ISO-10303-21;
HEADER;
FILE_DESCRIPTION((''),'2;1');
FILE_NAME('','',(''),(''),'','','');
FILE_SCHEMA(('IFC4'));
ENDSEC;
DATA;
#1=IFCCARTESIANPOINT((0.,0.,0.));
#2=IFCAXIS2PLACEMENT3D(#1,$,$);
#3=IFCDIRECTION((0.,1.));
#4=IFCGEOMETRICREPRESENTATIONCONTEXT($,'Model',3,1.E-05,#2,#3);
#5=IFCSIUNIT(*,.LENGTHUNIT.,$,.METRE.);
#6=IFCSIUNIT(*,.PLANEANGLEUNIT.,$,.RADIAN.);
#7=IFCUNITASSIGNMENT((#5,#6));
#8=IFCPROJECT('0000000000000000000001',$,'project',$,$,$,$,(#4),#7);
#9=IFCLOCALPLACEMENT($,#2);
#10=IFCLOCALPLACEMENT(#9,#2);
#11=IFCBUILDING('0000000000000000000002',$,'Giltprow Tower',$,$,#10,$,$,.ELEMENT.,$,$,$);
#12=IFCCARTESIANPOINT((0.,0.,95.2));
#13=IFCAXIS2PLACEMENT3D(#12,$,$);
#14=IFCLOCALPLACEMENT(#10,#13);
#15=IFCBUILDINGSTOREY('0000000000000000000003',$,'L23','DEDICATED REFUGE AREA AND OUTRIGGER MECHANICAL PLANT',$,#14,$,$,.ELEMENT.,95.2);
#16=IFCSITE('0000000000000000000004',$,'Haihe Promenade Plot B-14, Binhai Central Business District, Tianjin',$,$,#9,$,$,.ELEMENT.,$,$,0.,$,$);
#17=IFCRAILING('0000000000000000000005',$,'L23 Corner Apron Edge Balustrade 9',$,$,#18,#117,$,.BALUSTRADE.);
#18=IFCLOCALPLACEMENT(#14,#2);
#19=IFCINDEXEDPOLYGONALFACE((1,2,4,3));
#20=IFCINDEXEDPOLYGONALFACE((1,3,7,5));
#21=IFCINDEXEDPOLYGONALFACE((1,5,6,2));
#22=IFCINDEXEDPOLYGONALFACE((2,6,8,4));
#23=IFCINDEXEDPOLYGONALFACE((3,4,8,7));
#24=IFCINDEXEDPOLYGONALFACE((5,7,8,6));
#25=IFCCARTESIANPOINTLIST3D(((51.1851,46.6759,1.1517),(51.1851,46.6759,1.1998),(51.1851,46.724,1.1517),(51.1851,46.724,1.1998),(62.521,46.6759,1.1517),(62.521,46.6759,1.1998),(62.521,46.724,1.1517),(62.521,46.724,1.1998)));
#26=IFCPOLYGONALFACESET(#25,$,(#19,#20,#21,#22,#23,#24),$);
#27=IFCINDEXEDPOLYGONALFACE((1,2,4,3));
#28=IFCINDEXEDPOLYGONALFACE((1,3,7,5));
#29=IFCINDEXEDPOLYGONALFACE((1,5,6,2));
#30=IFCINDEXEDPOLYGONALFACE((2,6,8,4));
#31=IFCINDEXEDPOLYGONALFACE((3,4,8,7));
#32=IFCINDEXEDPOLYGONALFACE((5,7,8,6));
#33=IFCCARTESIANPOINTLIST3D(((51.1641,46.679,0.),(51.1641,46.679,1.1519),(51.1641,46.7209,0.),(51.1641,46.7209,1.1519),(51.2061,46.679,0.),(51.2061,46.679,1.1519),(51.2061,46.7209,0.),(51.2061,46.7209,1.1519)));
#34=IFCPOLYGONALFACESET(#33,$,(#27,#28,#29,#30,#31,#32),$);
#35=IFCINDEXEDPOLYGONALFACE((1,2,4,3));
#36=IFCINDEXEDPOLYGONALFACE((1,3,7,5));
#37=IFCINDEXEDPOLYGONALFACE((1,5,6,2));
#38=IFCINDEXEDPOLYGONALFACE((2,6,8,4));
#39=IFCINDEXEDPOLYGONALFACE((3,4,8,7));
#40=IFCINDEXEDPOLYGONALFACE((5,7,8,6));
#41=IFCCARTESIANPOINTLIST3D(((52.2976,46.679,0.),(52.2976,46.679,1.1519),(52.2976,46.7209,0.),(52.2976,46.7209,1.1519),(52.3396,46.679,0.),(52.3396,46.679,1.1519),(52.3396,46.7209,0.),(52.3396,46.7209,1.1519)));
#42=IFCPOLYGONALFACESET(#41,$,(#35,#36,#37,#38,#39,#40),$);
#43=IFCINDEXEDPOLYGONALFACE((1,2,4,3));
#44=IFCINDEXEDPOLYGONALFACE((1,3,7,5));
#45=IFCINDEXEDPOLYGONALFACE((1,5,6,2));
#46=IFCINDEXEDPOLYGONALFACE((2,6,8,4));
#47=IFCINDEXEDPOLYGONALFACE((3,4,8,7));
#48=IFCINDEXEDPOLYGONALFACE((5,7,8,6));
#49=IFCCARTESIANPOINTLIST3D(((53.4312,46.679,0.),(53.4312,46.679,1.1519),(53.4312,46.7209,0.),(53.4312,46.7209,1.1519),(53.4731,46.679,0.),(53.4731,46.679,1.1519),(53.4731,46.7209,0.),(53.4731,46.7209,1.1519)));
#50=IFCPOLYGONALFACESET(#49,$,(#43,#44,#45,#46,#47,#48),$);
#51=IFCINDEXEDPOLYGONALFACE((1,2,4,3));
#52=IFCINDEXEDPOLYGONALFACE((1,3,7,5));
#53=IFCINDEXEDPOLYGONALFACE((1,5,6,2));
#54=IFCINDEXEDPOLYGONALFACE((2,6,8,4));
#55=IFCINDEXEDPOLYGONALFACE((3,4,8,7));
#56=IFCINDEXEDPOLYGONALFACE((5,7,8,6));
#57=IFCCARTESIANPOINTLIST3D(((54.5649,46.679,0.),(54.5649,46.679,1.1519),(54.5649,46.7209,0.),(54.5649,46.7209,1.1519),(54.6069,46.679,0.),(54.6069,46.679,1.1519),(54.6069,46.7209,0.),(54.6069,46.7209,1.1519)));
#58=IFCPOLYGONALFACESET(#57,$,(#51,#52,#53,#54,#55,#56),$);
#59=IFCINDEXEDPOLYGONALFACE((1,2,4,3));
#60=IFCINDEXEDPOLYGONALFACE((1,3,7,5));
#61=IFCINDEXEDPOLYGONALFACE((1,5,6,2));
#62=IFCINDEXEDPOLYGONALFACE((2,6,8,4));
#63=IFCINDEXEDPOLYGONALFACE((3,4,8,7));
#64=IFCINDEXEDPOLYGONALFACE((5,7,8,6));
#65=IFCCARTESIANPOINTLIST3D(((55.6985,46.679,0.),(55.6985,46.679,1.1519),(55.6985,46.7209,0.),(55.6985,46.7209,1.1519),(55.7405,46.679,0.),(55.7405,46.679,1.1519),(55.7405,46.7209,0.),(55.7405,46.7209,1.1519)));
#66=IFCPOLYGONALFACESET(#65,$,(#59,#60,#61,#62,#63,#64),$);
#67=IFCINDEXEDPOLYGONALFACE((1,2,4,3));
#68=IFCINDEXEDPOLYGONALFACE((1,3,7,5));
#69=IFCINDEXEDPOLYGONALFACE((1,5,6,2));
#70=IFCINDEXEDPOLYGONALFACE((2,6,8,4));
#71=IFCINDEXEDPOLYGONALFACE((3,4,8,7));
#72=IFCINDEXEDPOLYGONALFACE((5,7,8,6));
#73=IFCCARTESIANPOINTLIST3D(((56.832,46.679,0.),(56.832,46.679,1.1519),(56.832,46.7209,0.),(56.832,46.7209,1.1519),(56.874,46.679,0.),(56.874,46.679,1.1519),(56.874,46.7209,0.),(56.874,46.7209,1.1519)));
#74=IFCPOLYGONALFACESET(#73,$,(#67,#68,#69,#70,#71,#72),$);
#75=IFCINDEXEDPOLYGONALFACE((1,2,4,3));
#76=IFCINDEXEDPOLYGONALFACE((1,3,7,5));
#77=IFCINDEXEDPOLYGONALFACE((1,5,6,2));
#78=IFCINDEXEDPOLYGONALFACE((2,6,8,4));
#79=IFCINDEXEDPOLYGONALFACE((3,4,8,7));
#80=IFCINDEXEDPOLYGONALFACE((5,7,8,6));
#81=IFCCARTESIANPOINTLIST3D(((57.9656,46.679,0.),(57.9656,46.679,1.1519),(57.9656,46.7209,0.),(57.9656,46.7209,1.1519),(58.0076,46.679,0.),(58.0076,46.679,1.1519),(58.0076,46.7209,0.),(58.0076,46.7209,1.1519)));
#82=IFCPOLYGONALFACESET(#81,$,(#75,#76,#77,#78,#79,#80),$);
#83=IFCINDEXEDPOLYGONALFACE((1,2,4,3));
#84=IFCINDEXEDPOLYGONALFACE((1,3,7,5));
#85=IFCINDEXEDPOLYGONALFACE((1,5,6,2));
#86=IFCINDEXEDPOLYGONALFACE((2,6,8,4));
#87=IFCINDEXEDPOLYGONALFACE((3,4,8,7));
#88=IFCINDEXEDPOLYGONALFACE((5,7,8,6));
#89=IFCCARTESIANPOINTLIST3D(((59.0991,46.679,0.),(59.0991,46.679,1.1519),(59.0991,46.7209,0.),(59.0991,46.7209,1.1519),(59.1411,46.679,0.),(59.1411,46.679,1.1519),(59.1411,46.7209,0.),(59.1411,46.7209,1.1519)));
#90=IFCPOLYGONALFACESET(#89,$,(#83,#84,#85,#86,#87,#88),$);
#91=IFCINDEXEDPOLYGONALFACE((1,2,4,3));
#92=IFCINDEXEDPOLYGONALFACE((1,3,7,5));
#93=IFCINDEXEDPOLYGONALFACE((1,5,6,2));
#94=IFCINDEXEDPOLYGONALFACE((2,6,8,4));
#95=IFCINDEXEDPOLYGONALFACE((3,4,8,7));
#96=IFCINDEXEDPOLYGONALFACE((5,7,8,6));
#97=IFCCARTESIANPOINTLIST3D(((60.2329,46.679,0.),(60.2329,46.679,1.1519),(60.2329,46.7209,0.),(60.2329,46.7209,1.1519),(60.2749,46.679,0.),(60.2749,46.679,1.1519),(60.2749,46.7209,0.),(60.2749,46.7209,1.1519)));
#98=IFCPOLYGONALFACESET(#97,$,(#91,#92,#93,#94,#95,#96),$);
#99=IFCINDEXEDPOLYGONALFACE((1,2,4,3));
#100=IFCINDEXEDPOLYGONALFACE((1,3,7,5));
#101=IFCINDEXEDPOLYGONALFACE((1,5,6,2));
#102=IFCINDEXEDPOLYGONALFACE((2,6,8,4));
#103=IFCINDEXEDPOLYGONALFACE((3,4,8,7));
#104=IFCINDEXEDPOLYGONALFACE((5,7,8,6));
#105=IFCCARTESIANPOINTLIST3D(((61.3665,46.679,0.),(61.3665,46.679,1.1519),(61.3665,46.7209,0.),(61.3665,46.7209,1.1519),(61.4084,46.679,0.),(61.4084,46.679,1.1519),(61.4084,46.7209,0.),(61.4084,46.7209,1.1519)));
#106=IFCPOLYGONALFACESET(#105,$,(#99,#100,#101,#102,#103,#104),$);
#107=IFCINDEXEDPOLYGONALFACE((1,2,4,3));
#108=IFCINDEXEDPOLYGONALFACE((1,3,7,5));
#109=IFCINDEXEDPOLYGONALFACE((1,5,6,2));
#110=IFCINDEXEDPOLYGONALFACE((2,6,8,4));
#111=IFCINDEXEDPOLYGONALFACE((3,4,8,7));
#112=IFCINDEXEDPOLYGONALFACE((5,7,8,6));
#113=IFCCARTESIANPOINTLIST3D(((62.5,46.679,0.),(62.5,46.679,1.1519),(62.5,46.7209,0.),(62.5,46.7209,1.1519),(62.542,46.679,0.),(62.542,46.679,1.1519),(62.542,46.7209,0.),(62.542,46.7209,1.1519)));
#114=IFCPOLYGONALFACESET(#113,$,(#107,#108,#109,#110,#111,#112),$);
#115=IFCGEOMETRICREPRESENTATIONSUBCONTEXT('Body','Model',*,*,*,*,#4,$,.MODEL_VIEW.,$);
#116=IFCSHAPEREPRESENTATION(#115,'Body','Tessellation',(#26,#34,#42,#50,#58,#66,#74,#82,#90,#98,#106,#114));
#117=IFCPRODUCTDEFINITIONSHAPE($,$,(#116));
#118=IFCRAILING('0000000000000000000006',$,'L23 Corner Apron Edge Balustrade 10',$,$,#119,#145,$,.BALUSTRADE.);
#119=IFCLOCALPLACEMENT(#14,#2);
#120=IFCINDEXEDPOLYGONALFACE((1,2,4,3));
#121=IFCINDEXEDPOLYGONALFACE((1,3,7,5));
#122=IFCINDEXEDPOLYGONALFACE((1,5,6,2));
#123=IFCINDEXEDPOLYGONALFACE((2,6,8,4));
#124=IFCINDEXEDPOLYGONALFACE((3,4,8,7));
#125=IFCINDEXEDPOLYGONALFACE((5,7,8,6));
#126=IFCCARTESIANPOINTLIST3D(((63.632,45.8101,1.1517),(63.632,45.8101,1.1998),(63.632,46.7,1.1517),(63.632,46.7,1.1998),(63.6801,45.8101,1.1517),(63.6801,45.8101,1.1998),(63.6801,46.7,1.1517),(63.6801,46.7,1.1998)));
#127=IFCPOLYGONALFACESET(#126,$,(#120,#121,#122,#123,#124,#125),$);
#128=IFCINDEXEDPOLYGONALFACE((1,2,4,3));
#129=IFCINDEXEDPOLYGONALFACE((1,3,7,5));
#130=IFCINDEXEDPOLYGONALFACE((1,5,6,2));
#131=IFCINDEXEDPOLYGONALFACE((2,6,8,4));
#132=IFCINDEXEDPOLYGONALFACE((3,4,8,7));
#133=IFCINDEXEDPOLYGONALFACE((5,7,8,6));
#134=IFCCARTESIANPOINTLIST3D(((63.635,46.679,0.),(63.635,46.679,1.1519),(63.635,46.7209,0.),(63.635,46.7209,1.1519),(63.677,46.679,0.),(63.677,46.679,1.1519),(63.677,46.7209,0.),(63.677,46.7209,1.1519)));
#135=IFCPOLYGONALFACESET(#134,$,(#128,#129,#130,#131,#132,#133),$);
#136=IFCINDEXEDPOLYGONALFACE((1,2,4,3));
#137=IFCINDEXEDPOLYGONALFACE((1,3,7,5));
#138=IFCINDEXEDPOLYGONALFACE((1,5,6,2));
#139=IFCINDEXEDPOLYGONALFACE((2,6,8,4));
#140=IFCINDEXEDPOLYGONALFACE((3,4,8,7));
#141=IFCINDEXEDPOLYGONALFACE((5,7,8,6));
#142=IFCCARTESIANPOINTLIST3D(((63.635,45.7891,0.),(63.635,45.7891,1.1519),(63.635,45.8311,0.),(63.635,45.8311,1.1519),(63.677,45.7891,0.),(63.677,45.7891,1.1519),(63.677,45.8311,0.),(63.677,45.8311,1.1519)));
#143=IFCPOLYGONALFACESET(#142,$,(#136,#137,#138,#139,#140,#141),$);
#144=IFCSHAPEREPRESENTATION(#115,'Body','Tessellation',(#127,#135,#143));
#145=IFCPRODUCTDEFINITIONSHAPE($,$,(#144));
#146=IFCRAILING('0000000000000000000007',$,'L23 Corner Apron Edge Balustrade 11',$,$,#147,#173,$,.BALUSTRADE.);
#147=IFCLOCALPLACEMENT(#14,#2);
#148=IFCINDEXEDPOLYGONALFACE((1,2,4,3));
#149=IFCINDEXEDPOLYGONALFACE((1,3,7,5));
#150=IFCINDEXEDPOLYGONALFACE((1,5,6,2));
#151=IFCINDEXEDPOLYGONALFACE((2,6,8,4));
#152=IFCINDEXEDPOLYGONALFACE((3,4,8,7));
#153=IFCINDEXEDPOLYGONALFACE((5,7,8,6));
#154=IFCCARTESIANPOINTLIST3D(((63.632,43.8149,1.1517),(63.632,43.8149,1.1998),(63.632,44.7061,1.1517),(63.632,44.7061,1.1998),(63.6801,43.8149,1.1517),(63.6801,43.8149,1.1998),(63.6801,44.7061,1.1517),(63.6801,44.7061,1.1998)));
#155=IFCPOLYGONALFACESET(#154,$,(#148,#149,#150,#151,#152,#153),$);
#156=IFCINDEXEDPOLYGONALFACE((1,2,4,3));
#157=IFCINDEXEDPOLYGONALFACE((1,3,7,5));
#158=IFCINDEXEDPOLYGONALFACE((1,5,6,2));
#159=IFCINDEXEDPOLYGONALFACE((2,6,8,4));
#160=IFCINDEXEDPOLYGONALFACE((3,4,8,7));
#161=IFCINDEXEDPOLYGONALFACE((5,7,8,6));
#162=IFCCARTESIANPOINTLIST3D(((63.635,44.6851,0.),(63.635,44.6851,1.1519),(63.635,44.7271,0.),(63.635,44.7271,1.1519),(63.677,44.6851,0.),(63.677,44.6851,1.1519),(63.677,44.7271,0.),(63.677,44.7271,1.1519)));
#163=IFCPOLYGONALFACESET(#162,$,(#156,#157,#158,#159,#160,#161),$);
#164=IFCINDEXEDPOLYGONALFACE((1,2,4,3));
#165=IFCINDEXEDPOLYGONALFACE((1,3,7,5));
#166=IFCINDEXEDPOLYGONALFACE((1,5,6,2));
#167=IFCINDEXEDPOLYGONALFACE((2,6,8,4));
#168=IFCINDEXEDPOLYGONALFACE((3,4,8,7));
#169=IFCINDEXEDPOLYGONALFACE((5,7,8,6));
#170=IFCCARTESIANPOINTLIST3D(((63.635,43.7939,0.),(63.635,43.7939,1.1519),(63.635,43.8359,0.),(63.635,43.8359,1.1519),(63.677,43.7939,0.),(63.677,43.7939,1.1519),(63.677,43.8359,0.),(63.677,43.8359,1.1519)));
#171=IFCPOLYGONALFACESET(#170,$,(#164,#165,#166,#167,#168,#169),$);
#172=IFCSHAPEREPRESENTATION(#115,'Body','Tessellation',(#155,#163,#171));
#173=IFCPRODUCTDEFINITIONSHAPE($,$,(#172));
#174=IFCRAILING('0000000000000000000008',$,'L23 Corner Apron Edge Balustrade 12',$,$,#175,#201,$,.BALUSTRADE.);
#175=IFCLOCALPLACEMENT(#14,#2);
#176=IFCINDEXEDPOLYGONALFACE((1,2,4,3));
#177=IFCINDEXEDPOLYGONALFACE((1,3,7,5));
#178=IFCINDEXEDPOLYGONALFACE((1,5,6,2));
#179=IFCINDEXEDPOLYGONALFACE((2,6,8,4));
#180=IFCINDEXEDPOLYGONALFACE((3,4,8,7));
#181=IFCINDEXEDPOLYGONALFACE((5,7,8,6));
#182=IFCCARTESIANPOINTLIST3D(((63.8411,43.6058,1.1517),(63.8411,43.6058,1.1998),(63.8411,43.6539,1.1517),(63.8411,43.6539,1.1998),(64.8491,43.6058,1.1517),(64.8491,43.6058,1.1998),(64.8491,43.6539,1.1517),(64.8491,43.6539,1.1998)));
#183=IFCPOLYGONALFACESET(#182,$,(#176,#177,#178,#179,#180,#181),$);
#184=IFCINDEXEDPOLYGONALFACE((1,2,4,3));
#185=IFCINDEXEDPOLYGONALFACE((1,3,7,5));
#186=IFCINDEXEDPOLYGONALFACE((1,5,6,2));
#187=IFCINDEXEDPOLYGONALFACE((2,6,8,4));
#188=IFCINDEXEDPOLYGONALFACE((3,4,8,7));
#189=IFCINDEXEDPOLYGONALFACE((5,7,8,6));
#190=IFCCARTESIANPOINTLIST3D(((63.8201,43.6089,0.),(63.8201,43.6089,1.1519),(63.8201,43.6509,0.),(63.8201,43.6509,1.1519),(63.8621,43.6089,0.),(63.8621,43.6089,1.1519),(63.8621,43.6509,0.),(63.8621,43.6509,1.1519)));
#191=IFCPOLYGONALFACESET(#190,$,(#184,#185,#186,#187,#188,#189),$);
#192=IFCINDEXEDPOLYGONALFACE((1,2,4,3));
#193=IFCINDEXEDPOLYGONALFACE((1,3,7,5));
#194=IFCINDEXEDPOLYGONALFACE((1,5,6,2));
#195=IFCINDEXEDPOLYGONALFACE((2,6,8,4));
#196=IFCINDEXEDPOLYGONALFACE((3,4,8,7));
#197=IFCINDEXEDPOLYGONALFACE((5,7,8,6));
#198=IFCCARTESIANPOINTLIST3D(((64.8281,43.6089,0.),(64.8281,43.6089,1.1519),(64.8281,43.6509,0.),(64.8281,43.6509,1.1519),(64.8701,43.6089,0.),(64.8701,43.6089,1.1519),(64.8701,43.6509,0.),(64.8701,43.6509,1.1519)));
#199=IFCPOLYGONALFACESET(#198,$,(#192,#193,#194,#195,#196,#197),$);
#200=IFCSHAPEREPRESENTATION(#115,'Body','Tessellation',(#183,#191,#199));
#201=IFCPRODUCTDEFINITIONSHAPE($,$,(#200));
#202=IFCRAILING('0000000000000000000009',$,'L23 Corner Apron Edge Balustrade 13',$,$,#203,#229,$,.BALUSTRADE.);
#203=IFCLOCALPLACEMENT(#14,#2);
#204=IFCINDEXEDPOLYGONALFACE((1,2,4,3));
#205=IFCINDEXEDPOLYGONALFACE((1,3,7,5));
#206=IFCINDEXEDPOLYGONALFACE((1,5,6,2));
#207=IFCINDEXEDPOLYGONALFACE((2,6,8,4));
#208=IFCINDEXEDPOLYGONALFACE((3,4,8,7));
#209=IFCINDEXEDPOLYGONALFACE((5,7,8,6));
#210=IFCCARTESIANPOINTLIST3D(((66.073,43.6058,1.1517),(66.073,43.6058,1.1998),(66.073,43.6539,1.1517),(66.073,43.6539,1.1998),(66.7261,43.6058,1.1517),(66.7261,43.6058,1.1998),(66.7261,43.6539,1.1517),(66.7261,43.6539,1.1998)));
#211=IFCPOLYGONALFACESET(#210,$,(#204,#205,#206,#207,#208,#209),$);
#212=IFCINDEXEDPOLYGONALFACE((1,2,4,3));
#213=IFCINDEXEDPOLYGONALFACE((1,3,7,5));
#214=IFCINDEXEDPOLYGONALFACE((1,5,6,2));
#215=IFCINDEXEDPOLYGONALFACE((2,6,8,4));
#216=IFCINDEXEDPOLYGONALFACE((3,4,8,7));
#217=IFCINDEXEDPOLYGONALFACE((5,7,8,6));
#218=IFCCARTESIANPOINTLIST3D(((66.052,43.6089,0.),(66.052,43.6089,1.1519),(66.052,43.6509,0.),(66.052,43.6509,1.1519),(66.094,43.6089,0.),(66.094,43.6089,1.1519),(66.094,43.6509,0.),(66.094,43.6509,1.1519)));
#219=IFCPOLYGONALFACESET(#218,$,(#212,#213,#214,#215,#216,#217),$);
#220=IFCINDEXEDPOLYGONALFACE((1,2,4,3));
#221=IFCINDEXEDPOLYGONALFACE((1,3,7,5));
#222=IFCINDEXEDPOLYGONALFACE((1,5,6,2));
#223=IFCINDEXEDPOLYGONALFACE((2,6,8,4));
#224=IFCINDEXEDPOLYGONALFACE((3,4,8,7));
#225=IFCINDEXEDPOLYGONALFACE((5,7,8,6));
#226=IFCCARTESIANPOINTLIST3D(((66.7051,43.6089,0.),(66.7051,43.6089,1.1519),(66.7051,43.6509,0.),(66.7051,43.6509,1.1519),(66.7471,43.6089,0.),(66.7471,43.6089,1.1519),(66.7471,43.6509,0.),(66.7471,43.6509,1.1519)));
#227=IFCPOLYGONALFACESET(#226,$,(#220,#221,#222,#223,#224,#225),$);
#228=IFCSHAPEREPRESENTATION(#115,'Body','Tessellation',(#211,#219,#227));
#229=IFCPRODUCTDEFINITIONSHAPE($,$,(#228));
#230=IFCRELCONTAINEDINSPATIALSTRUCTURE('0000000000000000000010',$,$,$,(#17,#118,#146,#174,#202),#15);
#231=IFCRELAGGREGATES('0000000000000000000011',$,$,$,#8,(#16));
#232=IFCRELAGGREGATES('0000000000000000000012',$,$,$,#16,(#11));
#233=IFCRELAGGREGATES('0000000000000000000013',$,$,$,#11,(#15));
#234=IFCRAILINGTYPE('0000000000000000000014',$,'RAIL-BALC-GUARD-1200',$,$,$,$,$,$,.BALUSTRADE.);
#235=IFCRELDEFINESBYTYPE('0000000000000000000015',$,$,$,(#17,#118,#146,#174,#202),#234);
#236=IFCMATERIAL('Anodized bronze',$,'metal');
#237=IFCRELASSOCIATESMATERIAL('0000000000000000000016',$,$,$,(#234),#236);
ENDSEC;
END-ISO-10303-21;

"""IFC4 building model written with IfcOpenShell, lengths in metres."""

from ifc_helpers import new_model, si_unit, direction, frame, origin, origin_2d, place, context, subcontext, project, spatial, rectangle, extrude, material, type_object, element, save


model = new_model("IFC4")

# Units and contexts
model_context = context("Model", 3, precision=1e-05, world=origin(), true_north=direction((0.0, 1.0)))
body_context = subcontext(model_context, "Body", "Model", "MODEL_VIEW")
ifc_project = project(units=[si_unit("LENGTHUNIT", "METRE"), si_unit("PLANEANGLEUNIT", "RADIAN")], contexts=[model_context])

# Site, building, storey
site_placement = place(None, origin())
site = spatial("IfcSite", under=ifc_project, at=site_placement, Name="Haihe Promenade Plot B-14, Binhai Central Business District, Tianjin", CompositionType="ELEMENT", RefElevation=0.0)
building_placement = place(site_placement, origin())
building = spatial("IfcBuilding", under=site, at=building_placement, Name="Giltprow Tower", CompositionType="ELEMENT")
storey_placement = place(building_placement, frame((0.0, 0.0, 95.2)))
storey = spatial("IfcBuildingStorey", under=building, at=storey_placement, Name="L23", Description="DEDICATED REFUGE AREA AND OUTRIGGER MECHANICAL PLANT", CompositionType="ELEMENT", Elevation=95.2)

# Railings
ifc_material_1 = material(Name="Anodized bronze", Category="metal")
railing_type_1 = type_object("IfcRailingType", Name="RAIL-BALC-GUARD-1200", PredefinedType="BALUSTRADE", material=ifc_material_1)
railing_1_placement = place(storey_placement, frame((51.1851, 46.7, 0.0)))
element("IfcRailing", 1, at=railing_1_placement, inside=storey, type_object=railing_type_1, Name="L23 Corner Apron Edge Balustrade 9", PredefinedType="BALUSTRADE", context=body_context, shape_type="SweptSolid", body=[
    extrude(rectangle(XDim=0.0481, YDim=0.0481, at=origin_2d()), frame((0.0, 0.0, 1.1758), z_axis=(1.0, 0.0, 0.0), x_axis=(0.0, 1.0, 0.0)), (0.0, 0.0, 1.0), 11.3359),
    extrude(rectangle(XDim=0.042, YDim=0.042, at=origin_2d()), origin(), (0.0, 0.0, 1.0), 1.1519),
    extrude(rectangle(XDim=0.042, YDim=0.042, at=origin_2d()), frame((1.1335, 0.0, 0.0)), (0.0, 0.0, 1.0), 1.1519),
    extrude(rectangle(XDim=0.042, YDim=0.042, at=origin_2d()), frame((2.2671, 0.0, 0.0)), (0.0, 0.0, 1.0), 1.1519),
    extrude(rectangle(XDim=0.042, YDim=0.042, at=origin_2d()), frame((3.4009, 0.0, 0.0)), (0.0, 0.0, 1.0), 1.1519),
    extrude(rectangle(XDim=0.042, YDim=0.042, at=origin_2d()), frame((4.5344, 0.0, 0.0)), (0.0, 0.0, 1.0), 1.1519),
    extrude(rectangle(XDim=0.042, YDim=0.042, at=origin_2d()), frame((5.668, 0.0, 0.0)), (0.0, 0.0, 1.0), 1.1519),
    extrude(rectangle(XDim=0.042, YDim=0.042, at=origin_2d()), frame((6.8015, 0.0, 0.0)), (0.0, 0.0, 1.0), 1.1519),
    extrude(rectangle(XDim=0.042, YDim=0.042, at=origin_2d()), frame((7.9351, 0.0, 0.0)), (0.0, 0.0, 1.0), 1.1519),
    extrude(rectangle(XDim=0.042, YDim=0.042, at=origin_2d()), frame((9.0688, 0.0, 0.0)), (0.0, 0.0, 1.0), 1.1519),
    extrude(rectangle(XDim=0.042, YDim=0.042, at=origin_2d()), frame((10.2024, 0.0, 0.0)), (0.0, 0.0, 1.0), 1.1519),
    extrude(rectangle(XDim=0.042, YDim=0.042, at=origin_2d()), frame((11.3359, 0.0, 0.0)), (0.0, 0.0, 1.0), 1.1519),
])
railing_2_placement = place(storey_placement, frame((63.656, 46.7, 0.0)))
element("IfcRailing", 2, at=railing_2_placement, inside=storey, type_object=railing_type_1, Name="L23 Corner Apron Edge Balustrade 10", PredefinedType="BALUSTRADE", context=body_context, shape_type="SweptSolid", body=[
    extrude(rectangle(XDim=0.0481, YDim=0.0481, at=origin_2d()), frame((0.0, 0.0, 1.1758), z_axis=(0.0, -1.0, 0.0), x_axis=(1.0, 0.0, 0.0)), (0.0, 0.0, 1.0), 0.8899),
    extrude(rectangle(XDim=0.042, YDim=0.042, at=origin_2d()), origin(), (0.0, 0.0, 1.0), 1.1519),
    extrude(rectangle(XDim=0.042, YDim=0.042, at=origin_2d()), frame((0.0, -0.8899, 0.0)), (0.0, 0.0, 1.0), 1.1519),
])
railing_3_placement = place(storey_placement, frame((63.656, 44.7061, 0.0)))
element("IfcRailing", 3, at=railing_3_placement, inside=storey, type_object=railing_type_1, Name="L23 Corner Apron Edge Balustrade 11", PredefinedType="BALUSTRADE", context=body_context, shape_type="SweptSolid", body=[
    extrude(rectangle(XDim=0.0481, YDim=0.0481, at=origin_2d()), frame((0.0, 0.0, 1.1758), z_axis=(0.0, -1.0, 0.0), x_axis=(1.0, 0.0, 0.0)), (0.0, 0.0, 1.0), 0.8911),
    extrude(rectangle(XDim=0.042, YDim=0.042, at=origin_2d()), origin(), (0.0, 0.0, 1.0), 1.1519),
    extrude(rectangle(XDim=0.042, YDim=0.042, at=origin_2d()), frame((0.0, -0.8911, 0.0)), (0.0, 0.0, 1.0), 1.1519),
])
railing_4_placement = place(storey_placement, frame((63.8411, 43.6299, 0.0)))
element("IfcRailing", 4, at=railing_4_placement, inside=storey, type_object=railing_type_1, Name="L23 Corner Apron Edge Balustrade 12", PredefinedType="BALUSTRADE", context=body_context, shape_type="SweptSolid", body=[
    extrude(rectangle(XDim=0.0481, YDim=0.0481, at=origin_2d()), frame((0.0, 0.0, 1.1758), z_axis=(1.0, 0.0, 0.0), x_axis=(0.0, 1.0, 0.0)), (0.0, 0.0, 1.0), 1.0081),
    extrude(rectangle(XDim=0.042, YDim=0.042, at=origin_2d()), origin(), (0.0, 0.0, 1.0), 1.1519),
    extrude(rectangle(XDim=0.042, YDim=0.042, at=origin_2d()), frame((1.0081, 0.0, 0.0)), (0.0, 0.0, 1.0), 1.1519),
])
railing_5_placement = place(storey_placement, frame((66.073, 43.6299, 0.0)))
element("IfcRailing", 5, at=railing_5_placement, inside=storey, type_object=railing_type_1, Name="L23 Corner Apron Edge Balustrade 13", PredefinedType="BALUSTRADE", context=body_context, shape_type="SweptSolid", body=[
    extrude(rectangle(XDim=0.0481, YDim=0.0481, at=origin_2d()), frame((0.0, 0.0, 1.1758), z_axis=(1.0, 0.0, 0.0), x_axis=(0.0, 1.0, 0.0)), (0.0, 0.0, 1.0), 0.6531),
    extrude(rectangle(XDim=0.042, YDim=0.042, at=origin_2d()), origin(), (0.0, 0.0, 1.0), 1.1519),
    extrude(rectangle(XDim=0.042, YDim=0.042, at=origin_2d()), frame((0.6531, 0.0, 0.0)), (0.0, 0.0, 1.0), 1.1519),
])

save(model, "model.ifc")
